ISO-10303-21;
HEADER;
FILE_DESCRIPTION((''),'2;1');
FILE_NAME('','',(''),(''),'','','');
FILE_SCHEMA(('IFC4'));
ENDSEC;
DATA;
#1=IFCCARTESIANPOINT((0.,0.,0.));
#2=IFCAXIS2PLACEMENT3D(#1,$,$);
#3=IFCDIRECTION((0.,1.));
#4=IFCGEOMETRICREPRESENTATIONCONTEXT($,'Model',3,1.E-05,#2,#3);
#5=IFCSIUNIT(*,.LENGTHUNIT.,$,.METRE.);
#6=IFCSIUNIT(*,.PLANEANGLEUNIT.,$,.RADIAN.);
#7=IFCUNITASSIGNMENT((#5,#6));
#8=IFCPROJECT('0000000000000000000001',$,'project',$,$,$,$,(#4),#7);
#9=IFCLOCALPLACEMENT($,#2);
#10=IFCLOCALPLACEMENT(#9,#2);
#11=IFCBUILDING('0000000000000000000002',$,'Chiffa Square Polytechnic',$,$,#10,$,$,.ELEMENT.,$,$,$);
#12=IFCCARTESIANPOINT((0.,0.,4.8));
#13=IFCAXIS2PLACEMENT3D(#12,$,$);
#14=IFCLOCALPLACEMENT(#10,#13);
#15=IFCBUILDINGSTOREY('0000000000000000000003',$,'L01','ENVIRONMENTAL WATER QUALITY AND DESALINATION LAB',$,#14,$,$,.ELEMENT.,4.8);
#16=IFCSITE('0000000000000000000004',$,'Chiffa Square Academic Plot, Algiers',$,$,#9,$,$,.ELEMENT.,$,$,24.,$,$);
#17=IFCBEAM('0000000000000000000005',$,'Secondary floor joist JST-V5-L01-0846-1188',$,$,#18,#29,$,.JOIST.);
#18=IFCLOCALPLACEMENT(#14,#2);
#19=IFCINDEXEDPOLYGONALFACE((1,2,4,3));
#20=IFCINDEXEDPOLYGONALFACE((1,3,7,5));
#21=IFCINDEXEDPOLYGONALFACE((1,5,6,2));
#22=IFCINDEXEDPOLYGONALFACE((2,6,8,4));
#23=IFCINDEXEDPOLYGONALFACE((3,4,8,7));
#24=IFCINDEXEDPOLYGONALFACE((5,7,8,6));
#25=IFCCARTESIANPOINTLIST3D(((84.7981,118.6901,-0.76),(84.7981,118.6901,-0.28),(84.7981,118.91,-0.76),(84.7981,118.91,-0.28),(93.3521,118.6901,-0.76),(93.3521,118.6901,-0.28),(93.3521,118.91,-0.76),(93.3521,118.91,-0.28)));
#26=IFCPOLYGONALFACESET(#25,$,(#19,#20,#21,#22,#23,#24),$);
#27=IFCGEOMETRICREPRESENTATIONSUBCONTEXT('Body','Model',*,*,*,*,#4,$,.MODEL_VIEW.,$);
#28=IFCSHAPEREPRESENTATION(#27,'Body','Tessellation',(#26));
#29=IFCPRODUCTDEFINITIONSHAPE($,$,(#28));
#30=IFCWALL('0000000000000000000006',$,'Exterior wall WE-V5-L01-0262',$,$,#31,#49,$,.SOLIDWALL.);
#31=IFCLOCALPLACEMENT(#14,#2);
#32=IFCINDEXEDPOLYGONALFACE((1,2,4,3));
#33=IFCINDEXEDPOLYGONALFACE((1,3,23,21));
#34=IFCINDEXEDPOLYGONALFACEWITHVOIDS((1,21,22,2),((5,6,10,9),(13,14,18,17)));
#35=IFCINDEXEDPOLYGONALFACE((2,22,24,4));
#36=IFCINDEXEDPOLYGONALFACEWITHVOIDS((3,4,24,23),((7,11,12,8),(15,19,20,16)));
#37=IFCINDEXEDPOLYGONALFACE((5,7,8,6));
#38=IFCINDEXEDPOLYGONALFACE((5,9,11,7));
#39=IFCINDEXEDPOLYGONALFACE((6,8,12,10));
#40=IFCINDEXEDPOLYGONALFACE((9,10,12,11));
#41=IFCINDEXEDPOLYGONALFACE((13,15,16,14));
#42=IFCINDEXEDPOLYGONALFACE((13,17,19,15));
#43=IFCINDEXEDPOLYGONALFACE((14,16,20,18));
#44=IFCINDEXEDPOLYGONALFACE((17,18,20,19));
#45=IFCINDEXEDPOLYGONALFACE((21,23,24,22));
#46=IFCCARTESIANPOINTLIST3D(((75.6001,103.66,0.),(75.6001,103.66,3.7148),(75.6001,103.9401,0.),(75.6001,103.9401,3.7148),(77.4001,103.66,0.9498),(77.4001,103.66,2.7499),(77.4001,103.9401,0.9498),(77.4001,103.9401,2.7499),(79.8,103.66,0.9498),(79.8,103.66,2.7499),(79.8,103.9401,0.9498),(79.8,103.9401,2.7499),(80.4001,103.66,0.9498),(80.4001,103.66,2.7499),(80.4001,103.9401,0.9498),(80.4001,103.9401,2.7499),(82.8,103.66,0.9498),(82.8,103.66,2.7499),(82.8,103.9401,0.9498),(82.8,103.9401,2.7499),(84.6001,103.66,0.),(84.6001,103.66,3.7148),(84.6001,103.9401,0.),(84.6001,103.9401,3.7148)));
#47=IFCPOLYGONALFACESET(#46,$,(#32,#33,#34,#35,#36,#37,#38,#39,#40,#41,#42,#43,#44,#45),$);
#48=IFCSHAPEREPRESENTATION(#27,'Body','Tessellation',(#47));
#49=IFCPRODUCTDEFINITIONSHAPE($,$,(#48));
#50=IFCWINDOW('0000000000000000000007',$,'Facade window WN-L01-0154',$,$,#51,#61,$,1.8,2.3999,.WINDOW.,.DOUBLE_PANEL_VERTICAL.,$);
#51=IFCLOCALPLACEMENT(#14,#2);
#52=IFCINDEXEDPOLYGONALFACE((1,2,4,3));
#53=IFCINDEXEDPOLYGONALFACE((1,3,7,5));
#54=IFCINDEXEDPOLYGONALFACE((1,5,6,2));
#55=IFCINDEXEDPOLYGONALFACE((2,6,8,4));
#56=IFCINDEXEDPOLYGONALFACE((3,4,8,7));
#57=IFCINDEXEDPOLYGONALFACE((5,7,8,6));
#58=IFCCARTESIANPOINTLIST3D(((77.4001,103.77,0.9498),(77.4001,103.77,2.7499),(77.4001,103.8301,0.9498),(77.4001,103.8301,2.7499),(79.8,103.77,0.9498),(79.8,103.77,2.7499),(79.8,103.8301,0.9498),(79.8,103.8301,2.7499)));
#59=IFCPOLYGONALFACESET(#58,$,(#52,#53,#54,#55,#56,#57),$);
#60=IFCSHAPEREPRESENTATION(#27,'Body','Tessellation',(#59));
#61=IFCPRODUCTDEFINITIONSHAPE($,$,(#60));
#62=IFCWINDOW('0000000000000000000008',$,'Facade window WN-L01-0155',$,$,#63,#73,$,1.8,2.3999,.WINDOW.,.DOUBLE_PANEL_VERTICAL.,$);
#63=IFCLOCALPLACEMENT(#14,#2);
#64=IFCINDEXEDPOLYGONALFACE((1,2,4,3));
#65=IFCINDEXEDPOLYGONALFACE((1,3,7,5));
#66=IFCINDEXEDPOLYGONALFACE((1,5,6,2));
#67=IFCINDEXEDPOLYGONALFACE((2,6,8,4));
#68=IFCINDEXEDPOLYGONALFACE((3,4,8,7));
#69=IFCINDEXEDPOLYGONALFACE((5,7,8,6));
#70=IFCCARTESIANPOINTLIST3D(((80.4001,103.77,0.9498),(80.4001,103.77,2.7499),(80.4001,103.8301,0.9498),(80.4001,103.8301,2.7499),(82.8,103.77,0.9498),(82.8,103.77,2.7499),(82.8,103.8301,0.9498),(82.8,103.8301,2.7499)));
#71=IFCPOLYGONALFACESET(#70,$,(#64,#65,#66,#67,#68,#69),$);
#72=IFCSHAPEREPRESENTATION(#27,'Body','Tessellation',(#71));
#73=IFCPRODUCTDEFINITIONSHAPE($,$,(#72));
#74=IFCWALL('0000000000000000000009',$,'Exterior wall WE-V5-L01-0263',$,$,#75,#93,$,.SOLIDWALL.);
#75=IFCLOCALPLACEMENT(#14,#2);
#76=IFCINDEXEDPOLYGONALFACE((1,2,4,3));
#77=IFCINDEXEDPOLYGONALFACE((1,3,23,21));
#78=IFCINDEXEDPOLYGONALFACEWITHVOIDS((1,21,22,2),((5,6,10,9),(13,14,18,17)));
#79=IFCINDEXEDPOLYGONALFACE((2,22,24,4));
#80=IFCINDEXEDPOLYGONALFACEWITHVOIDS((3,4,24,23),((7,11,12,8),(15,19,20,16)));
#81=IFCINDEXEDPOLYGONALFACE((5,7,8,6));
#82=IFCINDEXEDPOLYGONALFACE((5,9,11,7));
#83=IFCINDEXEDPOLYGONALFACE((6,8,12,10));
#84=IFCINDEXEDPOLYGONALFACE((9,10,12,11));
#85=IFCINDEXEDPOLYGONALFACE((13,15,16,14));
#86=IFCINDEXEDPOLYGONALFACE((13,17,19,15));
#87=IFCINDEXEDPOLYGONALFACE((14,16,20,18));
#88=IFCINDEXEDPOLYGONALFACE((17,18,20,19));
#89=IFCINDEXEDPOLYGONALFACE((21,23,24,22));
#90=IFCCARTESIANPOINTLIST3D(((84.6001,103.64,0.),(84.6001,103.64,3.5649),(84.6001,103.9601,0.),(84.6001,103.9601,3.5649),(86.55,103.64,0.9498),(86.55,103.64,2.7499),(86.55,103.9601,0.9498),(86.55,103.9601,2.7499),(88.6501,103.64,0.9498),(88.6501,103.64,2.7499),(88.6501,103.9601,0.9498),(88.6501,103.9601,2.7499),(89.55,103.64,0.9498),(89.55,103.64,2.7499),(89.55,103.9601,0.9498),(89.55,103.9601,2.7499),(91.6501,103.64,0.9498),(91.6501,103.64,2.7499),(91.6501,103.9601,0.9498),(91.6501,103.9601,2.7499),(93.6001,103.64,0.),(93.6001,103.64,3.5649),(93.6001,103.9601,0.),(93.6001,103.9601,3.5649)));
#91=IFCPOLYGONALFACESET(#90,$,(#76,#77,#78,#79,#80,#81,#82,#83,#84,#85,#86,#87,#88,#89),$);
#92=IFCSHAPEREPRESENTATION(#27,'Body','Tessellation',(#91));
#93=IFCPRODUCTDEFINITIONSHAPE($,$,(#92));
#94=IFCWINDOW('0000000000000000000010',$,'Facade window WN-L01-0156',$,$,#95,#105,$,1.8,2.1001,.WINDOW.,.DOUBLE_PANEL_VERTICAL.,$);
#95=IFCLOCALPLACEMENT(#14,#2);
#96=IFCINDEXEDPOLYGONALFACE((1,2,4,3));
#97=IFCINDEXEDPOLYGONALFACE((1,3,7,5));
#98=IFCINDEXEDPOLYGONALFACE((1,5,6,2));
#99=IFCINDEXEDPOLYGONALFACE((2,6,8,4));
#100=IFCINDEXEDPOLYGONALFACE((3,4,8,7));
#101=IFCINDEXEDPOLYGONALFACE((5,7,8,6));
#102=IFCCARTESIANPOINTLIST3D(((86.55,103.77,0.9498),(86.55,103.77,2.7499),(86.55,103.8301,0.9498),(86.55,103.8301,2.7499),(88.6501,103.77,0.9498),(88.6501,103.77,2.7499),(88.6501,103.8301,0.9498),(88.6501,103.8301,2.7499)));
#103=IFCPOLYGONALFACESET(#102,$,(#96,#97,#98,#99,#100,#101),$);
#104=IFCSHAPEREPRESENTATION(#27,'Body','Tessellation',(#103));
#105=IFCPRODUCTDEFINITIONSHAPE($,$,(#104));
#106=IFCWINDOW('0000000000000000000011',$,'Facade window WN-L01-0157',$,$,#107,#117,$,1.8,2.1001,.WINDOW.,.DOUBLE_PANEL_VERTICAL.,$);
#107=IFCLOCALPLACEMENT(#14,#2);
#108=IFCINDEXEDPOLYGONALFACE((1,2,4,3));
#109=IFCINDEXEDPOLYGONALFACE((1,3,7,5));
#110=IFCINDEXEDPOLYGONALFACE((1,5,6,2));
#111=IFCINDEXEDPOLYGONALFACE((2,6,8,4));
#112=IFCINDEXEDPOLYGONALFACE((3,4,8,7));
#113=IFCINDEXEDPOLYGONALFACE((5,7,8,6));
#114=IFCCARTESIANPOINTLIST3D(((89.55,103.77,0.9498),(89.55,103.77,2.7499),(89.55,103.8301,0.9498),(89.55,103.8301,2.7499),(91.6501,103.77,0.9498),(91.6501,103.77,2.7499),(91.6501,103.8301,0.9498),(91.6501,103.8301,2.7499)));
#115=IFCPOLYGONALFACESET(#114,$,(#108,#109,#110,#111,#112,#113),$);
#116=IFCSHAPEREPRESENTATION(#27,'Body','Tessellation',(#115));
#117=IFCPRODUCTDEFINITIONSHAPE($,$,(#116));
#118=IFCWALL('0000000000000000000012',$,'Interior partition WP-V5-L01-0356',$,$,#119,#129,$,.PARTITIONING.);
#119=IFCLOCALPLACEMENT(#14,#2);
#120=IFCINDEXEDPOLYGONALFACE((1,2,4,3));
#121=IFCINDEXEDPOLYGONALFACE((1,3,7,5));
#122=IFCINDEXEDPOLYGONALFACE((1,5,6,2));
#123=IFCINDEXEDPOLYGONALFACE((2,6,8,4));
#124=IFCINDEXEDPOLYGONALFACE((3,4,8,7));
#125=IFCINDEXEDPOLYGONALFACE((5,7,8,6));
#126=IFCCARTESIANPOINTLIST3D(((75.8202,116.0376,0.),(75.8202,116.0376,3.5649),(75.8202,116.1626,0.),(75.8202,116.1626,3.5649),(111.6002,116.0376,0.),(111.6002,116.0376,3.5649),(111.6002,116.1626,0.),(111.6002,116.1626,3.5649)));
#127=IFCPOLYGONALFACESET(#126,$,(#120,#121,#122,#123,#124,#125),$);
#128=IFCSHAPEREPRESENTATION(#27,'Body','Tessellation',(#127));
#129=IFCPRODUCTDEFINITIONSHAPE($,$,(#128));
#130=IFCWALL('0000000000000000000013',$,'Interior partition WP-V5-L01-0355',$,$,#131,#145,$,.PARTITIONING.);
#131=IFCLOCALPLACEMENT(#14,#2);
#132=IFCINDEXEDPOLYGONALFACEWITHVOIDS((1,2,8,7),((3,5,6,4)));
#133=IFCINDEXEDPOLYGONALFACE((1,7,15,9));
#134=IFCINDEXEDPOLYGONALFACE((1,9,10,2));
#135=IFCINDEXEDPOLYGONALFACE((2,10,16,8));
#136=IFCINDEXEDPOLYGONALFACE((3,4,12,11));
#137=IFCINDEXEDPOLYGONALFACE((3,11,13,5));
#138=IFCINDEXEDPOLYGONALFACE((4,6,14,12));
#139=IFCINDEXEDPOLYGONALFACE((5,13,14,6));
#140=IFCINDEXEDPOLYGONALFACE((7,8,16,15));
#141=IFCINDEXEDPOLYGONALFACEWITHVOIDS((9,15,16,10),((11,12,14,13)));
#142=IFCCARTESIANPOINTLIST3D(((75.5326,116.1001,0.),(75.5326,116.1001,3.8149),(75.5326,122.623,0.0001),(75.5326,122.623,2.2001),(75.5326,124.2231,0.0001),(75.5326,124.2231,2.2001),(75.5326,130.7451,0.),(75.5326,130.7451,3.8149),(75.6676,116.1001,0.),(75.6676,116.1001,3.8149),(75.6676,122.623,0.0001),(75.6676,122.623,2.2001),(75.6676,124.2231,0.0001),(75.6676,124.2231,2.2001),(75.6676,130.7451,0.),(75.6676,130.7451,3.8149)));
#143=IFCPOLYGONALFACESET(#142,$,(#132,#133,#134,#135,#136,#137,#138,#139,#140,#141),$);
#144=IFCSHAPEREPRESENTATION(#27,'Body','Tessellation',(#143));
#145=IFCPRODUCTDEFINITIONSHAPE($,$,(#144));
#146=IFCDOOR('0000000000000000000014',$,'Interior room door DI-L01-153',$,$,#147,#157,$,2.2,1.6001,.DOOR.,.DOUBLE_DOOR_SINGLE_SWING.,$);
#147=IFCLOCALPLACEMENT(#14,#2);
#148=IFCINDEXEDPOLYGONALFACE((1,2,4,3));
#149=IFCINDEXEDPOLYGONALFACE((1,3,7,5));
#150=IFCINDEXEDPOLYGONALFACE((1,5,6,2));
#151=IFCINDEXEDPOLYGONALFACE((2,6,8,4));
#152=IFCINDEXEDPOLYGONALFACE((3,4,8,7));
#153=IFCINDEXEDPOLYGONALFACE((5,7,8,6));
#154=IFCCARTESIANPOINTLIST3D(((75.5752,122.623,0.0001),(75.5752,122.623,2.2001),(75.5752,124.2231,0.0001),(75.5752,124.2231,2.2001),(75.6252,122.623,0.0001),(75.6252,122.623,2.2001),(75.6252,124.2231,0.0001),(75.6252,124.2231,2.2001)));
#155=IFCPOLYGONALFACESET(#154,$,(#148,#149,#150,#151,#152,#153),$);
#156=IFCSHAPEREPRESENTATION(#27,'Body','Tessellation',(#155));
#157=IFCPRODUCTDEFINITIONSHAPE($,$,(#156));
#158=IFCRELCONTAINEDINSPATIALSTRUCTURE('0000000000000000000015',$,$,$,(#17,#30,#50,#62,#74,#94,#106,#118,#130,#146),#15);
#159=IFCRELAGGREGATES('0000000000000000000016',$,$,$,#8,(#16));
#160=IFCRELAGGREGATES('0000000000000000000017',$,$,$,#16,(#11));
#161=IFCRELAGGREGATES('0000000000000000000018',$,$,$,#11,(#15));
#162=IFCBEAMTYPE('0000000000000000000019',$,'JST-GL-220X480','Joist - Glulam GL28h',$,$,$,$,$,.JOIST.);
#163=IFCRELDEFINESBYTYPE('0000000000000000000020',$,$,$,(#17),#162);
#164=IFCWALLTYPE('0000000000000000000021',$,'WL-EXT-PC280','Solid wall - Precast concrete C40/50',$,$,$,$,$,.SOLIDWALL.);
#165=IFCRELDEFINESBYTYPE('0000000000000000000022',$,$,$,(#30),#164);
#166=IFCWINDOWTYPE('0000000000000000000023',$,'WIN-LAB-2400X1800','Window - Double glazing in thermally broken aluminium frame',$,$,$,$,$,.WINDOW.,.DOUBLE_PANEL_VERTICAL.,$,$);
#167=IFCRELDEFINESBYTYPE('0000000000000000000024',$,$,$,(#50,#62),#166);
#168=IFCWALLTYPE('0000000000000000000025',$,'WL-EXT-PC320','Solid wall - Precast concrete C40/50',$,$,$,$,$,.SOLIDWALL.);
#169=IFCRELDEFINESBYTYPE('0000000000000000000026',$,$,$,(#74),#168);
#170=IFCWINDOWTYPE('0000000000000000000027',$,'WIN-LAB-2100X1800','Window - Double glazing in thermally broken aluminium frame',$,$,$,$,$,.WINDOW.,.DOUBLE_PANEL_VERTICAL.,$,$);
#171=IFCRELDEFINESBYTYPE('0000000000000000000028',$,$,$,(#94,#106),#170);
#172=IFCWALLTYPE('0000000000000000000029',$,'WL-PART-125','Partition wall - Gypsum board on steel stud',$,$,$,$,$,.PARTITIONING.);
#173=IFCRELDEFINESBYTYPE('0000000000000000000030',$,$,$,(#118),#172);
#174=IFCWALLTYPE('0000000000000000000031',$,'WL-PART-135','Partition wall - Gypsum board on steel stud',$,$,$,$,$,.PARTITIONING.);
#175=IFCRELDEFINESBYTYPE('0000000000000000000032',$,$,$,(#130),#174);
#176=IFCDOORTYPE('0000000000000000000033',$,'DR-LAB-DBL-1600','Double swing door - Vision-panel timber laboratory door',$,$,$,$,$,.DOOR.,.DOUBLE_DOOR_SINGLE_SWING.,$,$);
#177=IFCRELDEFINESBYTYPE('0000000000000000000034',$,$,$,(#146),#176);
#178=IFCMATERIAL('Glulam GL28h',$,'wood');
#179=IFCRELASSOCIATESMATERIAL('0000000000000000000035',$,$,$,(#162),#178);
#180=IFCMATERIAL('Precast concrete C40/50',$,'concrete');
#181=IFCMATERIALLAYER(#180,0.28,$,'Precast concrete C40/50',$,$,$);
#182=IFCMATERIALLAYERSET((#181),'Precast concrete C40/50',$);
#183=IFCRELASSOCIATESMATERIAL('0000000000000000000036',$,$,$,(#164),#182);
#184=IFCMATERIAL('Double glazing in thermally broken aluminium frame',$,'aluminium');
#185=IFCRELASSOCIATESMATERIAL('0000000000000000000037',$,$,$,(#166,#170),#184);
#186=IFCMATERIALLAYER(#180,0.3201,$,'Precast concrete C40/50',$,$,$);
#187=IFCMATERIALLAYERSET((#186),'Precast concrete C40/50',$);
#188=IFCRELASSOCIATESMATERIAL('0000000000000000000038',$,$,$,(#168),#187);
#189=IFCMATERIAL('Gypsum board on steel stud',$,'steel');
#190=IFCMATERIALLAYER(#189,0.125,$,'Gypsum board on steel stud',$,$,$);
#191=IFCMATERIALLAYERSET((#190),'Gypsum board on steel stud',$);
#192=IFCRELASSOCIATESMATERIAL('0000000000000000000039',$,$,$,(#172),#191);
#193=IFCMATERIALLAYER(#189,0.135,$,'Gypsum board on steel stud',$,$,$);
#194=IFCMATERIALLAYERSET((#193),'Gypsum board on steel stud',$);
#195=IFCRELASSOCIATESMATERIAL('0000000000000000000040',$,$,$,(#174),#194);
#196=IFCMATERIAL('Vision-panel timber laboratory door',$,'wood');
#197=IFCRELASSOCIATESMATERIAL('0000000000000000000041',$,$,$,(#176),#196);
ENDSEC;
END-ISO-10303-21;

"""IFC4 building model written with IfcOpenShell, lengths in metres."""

from ifc_helpers import new_model, si_unit, direction, frame, frame_2d, origin, origin_2d, place, context, subcontext, project, spatial, rectangle, extrude, material, layer, layer_set, material_profile, profile_set, type_object, element, fill, save


model = new_model("IFC4")

# Units and contexts
model_context = context("Model", 3, precision=1e-05, world=origin(), true_north=direction((0.0, 1.0)))
body_context = subcontext(model_context, "Body", "Model", "MODEL_VIEW")
ifc_project = project(units=[si_unit("LENGTHUNIT", "METRE"), si_unit("PLANEANGLEUNIT", "RADIAN")], contexts=[model_context])

# Site, building, storey
site_placement = place(None, origin())
site = spatial("IfcSite", under=ifc_project, at=site_placement, Name="Chiffa Square Academic Plot, Algiers", CompositionType="ELEMENT", RefElevation=24.0)
building_placement = place(site_placement, origin())
building = spatial("IfcBuilding", under=site, at=building_placement, Name="Chiffa Square Polytechnic", CompositionType="ELEMENT")
storey_placement = place(building_placement, frame((0.0, 0.0, 4.8)))
storey = spatial("IfcBuildingStorey", under=building, at=storey_placement, Name="L01", Description="ENVIRONMENTAL WATER QUALITY AND DESALINATION LAB", CompositionType="ELEMENT", Elevation=4.8)

# Beam
ifc_material_1 = material(Name="Glulam GL28h", Category="wood")
ifc_material_profile_1 = material_profile(ifc_material_1, rectangle(XDim=0.22, YDim=0.48, at=origin_2d()), Name="GL28h 220x480")
ifc_profile_set_1 = profile_set([ifc_material_profile_1], Name="Glulam GL28h")
beam_type_1 = type_object("IfcBeamType", Name="JST-GL-220X480", Description="Joist - Glulam GL28h", PredefinedType="JOIST", material=ifc_profile_set_1)
for number, where, z_axis, x_axis, name in (
    (1, (84.7981, 118.8, -0.52), (1.0, 0.0, 0.0), (0.0, 1.0, 0.0), "Secondary floor joist JST-V5-L01-0846-1188"),
):
    element("IfcBeam", number, at=place(storey_placement, frame(where, z_axis=z_axis, x_axis=x_axis)), inside=storey, type_object=beam_type_1, Name=name, PredefinedType="JOIST", context=body_context, shape_type="SweptSolid", body=[
        extrude(rectangle(XDim=0.22, YDim=0.48, at=origin_2d()), origin(), (0.0, 0.0, 1.0), 8.554),
    ])

# Walls, openings, windows
ifc_material_2 = material(Name="Precast concrete C40/50", Category="concrete")
ifc_layer_1 = layer(ifc_material_2, 0.28, Name="Precast concrete C40/50")
ifc_layer_set_1 = layer_set([ifc_layer_1], Name="Precast concrete C40/50")
wall_type_1 = type_object("IfcWallType", Name="WL-EXT-PC280", Description="Solid wall - Precast concrete C40/50", PredefinedType="SOLIDWALL", material=ifc_layer_set_1)
wall_1_placement = place(storey_placement, frame((75.6001, 103.8, 0.0), z_axis=(0.0, 0.0, 1.0), x_axis=(1.0, 0.0, 0.0)))
wall_1 = element("IfcWall", 2, at=wall_1_placement, inside=storey, type_object=wall_type_1, Name="Exterior wall WE-V5-L01-0262", PredefinedType="SOLIDWALL", context=body_context, shape_type="SweptSolid", body=[
    extrude(rectangle(XDim=9.0, YDim=0.28, at=frame_2d((4.5, 0.0))), origin(), (0.0, 0.0, 1.0), 3.7148),
])
opening_1_placement = place(wall_1_placement, frame((1.8, 0.0, 0.95)))
opening_1 = element("IfcOpeningElement", 3, at=opening_1_placement, cuts=wall_1, PredefinedType="OPENING", context=body_context, shape_type="SweptSolid", body=[
    extrude(rectangle(XDim=2.3999, YDim=1.8, at=frame_2d((1.2, 0.8999))), frame((0.0, 0.1499, 0.0), z_axis=(0.0, -1.0, 0.0), x_axis=(1.0, 0.0, 0.0)), (0.0, 0.0, 1.0), 0.3),
])
opening_2_placement = place(wall_1_placement, frame((4.8, 0.0, 0.95)))
opening_2 = element("IfcOpeningElement", 4, at=opening_2_placement, cuts=wall_1, PredefinedType="OPENING", context=body_context, shape_type="SweptSolid", body=[
    extrude(rectangle(XDim=2.3999, YDim=1.8, at=frame_2d((1.2, 0.8999))), frame((0.0, 0.1499, 0.0), z_axis=(0.0, -1.0, 0.0), x_axis=(1.0, 0.0, 0.0)), (0.0, 0.0, 1.0), 0.3),
])
ifc_material_3 = material(Name="Double glazing in thermally broken aluminium frame", Category="aluminium")
window_type_1 = type_object("IfcWindowType", Name="WIN-LAB-2400X1800", Description="Window - Double glazing in thermally broken aluminium frame", PartitioningType="DOUBLE_PANEL_VERTICAL", PredefinedType="WINDOW", material=ifc_material_3)
window_1_placement = place(opening_1_placement, origin())
window_1 = element("IfcWindow", 5, at=window_1_placement, inside=storey, type_object=window_type_1, Name="Facade window WN-L01-0154", OverallHeight=1.8, OverallWidth=2.3999, PartitioningType="DOUBLE_PANEL_VERTICAL", PredefinedType="WINDOW", context=body_context, shape_type="SweptSolid", body=[
    extrude(rectangle(XDim=2.3999, YDim=1.8, at=frame_2d((1.2, 0.8999))), frame((0.0, 0.03, 0.0), z_axis=(0.0, -1.0, 0.0), x_axis=(1.0, 0.0, 0.0)), (0.0, 0.0, 1.0), 0.0601),
])
fill(opening_1, window_1)
window_2_placement = place(opening_2_placement, origin())
window_2 = element("IfcWindow", 6, at=window_2_placement, inside=storey, type_object=window_type_1, Name="Facade window WN-L01-0155", OverallHeight=1.8, OverallWidth=2.3999, PartitioningType="DOUBLE_PANEL_VERTICAL", PredefinedType="WINDOW", context=body_context, shape_type="SweptSolid", body=[
    extrude(rectangle(XDim=2.3999, YDim=1.8, at=frame_2d((1.2, 0.8999))), frame((0.0, 0.03, 0.0), z_axis=(0.0, -1.0, 0.0), x_axis=(1.0, 0.0, 0.0)), (0.0, 0.0, 1.0), 0.0601),
])
fill(opening_2, window_2)
ifc_layer_2 = layer(ifc_material_2, 0.3201, Name="Precast concrete C40/50")
ifc_layer_set_2 = layer_set([ifc_layer_2], Name="Precast concrete C40/50")
wall_type_2 = type_object("IfcWallType", Name="WL-EXT-PC320", Description="Solid wall - Precast concrete C40/50", PredefinedType="SOLIDWALL", material=ifc_layer_set_2)
wall_2_placement = place(storey_placement, frame((84.6001, 103.8, 0.0), z_axis=(0.0, 0.0, 1.0), x_axis=(1.0, 0.0, 0.0)))
wall_2 = element("IfcWall", 7, at=wall_2_placement, inside=storey, type_object=wall_type_2, Name="Exterior wall WE-V5-L01-0263", PredefinedType="SOLIDWALL", context=body_context, shape_type="SweptSolid", body=[
    extrude(rectangle(XDim=9.0, YDim=0.3201, at=frame_2d((4.5, 0.0))), origin(), (0.0, 0.0, 1.0), 3.5649),
])
opening_3_placement = place(wall_2_placement, frame((1.95, 0.0, 0.95)))
opening_3 = element("IfcOpeningElement", 8, at=opening_3_placement, cuts=wall_2, PredefinedType="OPENING", context=body_context, shape_type="SweptSolid", body=[
    extrude(rectangle(XDim=2.1001, YDim=1.8, at=frame_2d((1.05, 0.8999))), frame((0.0, 0.1699, 0.0), z_axis=(0.0, -1.0, 0.0), x_axis=(1.0, 0.0, 0.0)), (0.0, 0.0, 1.0), 0.3401),
])
opening_4_placement = place(wall_2_placement, frame((4.95, 0.0, 0.95)))
opening_4 = element("IfcOpeningElement", 9, at=opening_4_placement, cuts=wall_2, PredefinedType="OPENING", context=body_context, shape_type="SweptSolid", body=[
    extrude(rectangle(XDim=2.1001, YDim=1.8, at=frame_2d((1.05, 0.8999))), frame((0.0, 0.1699, 0.0), z_axis=(0.0, -1.0, 0.0), x_axis=(1.0, 0.0, 0.0)), (0.0, 0.0, 1.0), 0.3401),
])
window_type_2 = type_object("IfcWindowType", Name="WIN-LAB-2100X1800", Description="Window - Double glazing in thermally broken aluminium frame", PartitioningType="DOUBLE_PANEL_VERTICAL", PredefinedType="WINDOW", material=ifc_material_3)
window_3_placement = place(opening_3_placement, origin())
window_3 = element("IfcWindow", 10, at=window_3_placement, inside=storey, type_object=window_type_2, Name="Facade window WN-L01-0156", OverallHeight=1.8, OverallWidth=2.1001, PartitioningType="DOUBLE_PANEL_VERTICAL", PredefinedType="WINDOW", context=body_context, shape_type="SweptSolid", body=[
    extrude(rectangle(XDim=2.1001, YDim=1.8, at=frame_2d((1.05, 0.8999))), frame((0.0, 0.03, 0.0), z_axis=(0.0, -1.0, 0.0), x_axis=(1.0, 0.0, 0.0)), (0.0, 0.0, 1.0), 0.0601),
])
fill(opening_3, window_3)
window_4_placement = place(opening_4_placement, origin())
window_4 = element("IfcWindow", 11, at=window_4_placement, inside=storey, type_object=window_type_2, Name="Facade window WN-L01-0157", OverallHeight=1.8, OverallWidth=2.1001, PartitioningType="DOUBLE_PANEL_VERTICAL", PredefinedType="WINDOW", context=body_context, shape_type="SweptSolid", body=[
    extrude(rectangle(XDim=2.1001, YDim=1.8, at=frame_2d((1.05, 0.8999))), frame((0.0, 0.03, 0.0), z_axis=(0.0, -1.0, 0.0), x_axis=(1.0, 0.0, 0.0)), (0.0, 0.0, 1.0), 0.0601),
])
fill(opening_4, window_4)

# Wall
ifc_material_4 = material(Name="Gypsum board on steel stud", Category="steel")
ifc_layer_3 = layer(ifc_material_4, 0.125, Name="Gypsum board on steel stud")
ifc_layer_set_3 = layer_set([ifc_layer_3], Name="Gypsum board on steel stud")
wall_type_3 = type_object("IfcWallType", Name="WL-PART-125", Description="Partition wall - Gypsum board on steel stud", PredefinedType="PARTITIONING", material=ifc_layer_set_3)
wall_3_placement = place(storey_placement, frame((75.8201, 116.1001, 0.0), z_axis=(0.0, 0.0, 1.0), x_axis=(1.0, 0.0, 0.0)))
element("IfcWall", 12, at=wall_3_placement, inside=storey, type_object=wall_type_3, Name="Interior partition WP-V5-L01-0356", PredefinedType="PARTITIONING", context=body_context, shape_type="SweptSolid", body=[
    extrude(rectangle(XDim=35.78, YDim=0.125, at=frame_2d((17.8901, 0.0))), origin(), (0.0, 0.0, 1.0), 3.5649),
])

# Wall, opening, door
ifc_layer_4 = layer(ifc_material_4, 0.135, Name="Gypsum board on steel stud")
ifc_layer_set_4 = layer_set([ifc_layer_4], Name="Gypsum board on steel stud")
wall_type_4 = type_object("IfcWallType", Name="WL-PART-135", Description="Partition wall - Gypsum board on steel stud", PredefinedType="PARTITIONING", material=ifc_layer_set_4)
wall_4_placement = place(storey_placement, frame((75.6001, 116.1001, 0.0), z_axis=(0.0, 0.0, 1.0), x_axis=(0.0, 1.0, 0.0)))
wall_4 = element("IfcWall", 13, at=wall_4_placement, inside=storey, type_object=wall_type_4, Name="Interior partition WP-V5-L01-0355", PredefinedType="PARTITIONING", context=body_context, shape_type="SweptSolid", body=[
    extrude(rectangle(XDim=14.645, YDim=0.135, at=frame_2d((7.3225, 0.0))), origin(), (0.0, 0.0, 1.0), 3.8149),
])
opening_5_placement = place(wall_4_placement, frame((6.5229, 0.0, 0.0)))
opening_5 = element("IfcOpeningElement", 14, at=opening_5_placement, cuts=wall_4, PredefinedType="OPENING", context=body_context, shape_type="SweptSolid", body=[
    extrude(rectangle(XDim=1.6001, YDim=2.2, at=frame_2d((0.8, 1.1001))), frame((0.0, 0.0776, 0.0), z_axis=(0.0, -1.0, 0.0), x_axis=(1.0, 0.0, 0.0)), (0.0, 0.0, 1.0), 0.155),
])
ifc_material_5 = material(Name="Vision-panel timber laboratory door", Category="wood")
door_type_1 = type_object("IfcDoorType", Name="DR-LAB-DBL-1600", Description="Double swing door - Vision-panel timber laboratory door", OperationType="DOUBLE_DOOR_SINGLE_SWING", PredefinedType="DOOR", material=ifc_material_5)
door_1_placement = place(opening_5_placement, origin())
door_1 = element("IfcDoor", 15, at=door_1_placement, inside=storey, type_object=door_type_1, Name="Interior room door DI-L01-153", OperationType="DOUBLE_DOOR_SINGLE_SWING", OverallHeight=2.2, OverallWidth=1.6001, PredefinedType="DOOR", context=body_context, shape_type="SweptSolid", body=[
    extrude(rectangle(XDim=1.6001, YDim=2.2, at=frame_2d((0.8, 1.1001))), frame((0.0, 0.0249, 0.0), z_axis=(0.0, -1.0, 0.0), x_axis=(1.0, 0.0, 0.0)), (0.0, 0.0, 1.0), 0.05),
])
fill(opening_5, door_1)

save(model, "model.ifc")
